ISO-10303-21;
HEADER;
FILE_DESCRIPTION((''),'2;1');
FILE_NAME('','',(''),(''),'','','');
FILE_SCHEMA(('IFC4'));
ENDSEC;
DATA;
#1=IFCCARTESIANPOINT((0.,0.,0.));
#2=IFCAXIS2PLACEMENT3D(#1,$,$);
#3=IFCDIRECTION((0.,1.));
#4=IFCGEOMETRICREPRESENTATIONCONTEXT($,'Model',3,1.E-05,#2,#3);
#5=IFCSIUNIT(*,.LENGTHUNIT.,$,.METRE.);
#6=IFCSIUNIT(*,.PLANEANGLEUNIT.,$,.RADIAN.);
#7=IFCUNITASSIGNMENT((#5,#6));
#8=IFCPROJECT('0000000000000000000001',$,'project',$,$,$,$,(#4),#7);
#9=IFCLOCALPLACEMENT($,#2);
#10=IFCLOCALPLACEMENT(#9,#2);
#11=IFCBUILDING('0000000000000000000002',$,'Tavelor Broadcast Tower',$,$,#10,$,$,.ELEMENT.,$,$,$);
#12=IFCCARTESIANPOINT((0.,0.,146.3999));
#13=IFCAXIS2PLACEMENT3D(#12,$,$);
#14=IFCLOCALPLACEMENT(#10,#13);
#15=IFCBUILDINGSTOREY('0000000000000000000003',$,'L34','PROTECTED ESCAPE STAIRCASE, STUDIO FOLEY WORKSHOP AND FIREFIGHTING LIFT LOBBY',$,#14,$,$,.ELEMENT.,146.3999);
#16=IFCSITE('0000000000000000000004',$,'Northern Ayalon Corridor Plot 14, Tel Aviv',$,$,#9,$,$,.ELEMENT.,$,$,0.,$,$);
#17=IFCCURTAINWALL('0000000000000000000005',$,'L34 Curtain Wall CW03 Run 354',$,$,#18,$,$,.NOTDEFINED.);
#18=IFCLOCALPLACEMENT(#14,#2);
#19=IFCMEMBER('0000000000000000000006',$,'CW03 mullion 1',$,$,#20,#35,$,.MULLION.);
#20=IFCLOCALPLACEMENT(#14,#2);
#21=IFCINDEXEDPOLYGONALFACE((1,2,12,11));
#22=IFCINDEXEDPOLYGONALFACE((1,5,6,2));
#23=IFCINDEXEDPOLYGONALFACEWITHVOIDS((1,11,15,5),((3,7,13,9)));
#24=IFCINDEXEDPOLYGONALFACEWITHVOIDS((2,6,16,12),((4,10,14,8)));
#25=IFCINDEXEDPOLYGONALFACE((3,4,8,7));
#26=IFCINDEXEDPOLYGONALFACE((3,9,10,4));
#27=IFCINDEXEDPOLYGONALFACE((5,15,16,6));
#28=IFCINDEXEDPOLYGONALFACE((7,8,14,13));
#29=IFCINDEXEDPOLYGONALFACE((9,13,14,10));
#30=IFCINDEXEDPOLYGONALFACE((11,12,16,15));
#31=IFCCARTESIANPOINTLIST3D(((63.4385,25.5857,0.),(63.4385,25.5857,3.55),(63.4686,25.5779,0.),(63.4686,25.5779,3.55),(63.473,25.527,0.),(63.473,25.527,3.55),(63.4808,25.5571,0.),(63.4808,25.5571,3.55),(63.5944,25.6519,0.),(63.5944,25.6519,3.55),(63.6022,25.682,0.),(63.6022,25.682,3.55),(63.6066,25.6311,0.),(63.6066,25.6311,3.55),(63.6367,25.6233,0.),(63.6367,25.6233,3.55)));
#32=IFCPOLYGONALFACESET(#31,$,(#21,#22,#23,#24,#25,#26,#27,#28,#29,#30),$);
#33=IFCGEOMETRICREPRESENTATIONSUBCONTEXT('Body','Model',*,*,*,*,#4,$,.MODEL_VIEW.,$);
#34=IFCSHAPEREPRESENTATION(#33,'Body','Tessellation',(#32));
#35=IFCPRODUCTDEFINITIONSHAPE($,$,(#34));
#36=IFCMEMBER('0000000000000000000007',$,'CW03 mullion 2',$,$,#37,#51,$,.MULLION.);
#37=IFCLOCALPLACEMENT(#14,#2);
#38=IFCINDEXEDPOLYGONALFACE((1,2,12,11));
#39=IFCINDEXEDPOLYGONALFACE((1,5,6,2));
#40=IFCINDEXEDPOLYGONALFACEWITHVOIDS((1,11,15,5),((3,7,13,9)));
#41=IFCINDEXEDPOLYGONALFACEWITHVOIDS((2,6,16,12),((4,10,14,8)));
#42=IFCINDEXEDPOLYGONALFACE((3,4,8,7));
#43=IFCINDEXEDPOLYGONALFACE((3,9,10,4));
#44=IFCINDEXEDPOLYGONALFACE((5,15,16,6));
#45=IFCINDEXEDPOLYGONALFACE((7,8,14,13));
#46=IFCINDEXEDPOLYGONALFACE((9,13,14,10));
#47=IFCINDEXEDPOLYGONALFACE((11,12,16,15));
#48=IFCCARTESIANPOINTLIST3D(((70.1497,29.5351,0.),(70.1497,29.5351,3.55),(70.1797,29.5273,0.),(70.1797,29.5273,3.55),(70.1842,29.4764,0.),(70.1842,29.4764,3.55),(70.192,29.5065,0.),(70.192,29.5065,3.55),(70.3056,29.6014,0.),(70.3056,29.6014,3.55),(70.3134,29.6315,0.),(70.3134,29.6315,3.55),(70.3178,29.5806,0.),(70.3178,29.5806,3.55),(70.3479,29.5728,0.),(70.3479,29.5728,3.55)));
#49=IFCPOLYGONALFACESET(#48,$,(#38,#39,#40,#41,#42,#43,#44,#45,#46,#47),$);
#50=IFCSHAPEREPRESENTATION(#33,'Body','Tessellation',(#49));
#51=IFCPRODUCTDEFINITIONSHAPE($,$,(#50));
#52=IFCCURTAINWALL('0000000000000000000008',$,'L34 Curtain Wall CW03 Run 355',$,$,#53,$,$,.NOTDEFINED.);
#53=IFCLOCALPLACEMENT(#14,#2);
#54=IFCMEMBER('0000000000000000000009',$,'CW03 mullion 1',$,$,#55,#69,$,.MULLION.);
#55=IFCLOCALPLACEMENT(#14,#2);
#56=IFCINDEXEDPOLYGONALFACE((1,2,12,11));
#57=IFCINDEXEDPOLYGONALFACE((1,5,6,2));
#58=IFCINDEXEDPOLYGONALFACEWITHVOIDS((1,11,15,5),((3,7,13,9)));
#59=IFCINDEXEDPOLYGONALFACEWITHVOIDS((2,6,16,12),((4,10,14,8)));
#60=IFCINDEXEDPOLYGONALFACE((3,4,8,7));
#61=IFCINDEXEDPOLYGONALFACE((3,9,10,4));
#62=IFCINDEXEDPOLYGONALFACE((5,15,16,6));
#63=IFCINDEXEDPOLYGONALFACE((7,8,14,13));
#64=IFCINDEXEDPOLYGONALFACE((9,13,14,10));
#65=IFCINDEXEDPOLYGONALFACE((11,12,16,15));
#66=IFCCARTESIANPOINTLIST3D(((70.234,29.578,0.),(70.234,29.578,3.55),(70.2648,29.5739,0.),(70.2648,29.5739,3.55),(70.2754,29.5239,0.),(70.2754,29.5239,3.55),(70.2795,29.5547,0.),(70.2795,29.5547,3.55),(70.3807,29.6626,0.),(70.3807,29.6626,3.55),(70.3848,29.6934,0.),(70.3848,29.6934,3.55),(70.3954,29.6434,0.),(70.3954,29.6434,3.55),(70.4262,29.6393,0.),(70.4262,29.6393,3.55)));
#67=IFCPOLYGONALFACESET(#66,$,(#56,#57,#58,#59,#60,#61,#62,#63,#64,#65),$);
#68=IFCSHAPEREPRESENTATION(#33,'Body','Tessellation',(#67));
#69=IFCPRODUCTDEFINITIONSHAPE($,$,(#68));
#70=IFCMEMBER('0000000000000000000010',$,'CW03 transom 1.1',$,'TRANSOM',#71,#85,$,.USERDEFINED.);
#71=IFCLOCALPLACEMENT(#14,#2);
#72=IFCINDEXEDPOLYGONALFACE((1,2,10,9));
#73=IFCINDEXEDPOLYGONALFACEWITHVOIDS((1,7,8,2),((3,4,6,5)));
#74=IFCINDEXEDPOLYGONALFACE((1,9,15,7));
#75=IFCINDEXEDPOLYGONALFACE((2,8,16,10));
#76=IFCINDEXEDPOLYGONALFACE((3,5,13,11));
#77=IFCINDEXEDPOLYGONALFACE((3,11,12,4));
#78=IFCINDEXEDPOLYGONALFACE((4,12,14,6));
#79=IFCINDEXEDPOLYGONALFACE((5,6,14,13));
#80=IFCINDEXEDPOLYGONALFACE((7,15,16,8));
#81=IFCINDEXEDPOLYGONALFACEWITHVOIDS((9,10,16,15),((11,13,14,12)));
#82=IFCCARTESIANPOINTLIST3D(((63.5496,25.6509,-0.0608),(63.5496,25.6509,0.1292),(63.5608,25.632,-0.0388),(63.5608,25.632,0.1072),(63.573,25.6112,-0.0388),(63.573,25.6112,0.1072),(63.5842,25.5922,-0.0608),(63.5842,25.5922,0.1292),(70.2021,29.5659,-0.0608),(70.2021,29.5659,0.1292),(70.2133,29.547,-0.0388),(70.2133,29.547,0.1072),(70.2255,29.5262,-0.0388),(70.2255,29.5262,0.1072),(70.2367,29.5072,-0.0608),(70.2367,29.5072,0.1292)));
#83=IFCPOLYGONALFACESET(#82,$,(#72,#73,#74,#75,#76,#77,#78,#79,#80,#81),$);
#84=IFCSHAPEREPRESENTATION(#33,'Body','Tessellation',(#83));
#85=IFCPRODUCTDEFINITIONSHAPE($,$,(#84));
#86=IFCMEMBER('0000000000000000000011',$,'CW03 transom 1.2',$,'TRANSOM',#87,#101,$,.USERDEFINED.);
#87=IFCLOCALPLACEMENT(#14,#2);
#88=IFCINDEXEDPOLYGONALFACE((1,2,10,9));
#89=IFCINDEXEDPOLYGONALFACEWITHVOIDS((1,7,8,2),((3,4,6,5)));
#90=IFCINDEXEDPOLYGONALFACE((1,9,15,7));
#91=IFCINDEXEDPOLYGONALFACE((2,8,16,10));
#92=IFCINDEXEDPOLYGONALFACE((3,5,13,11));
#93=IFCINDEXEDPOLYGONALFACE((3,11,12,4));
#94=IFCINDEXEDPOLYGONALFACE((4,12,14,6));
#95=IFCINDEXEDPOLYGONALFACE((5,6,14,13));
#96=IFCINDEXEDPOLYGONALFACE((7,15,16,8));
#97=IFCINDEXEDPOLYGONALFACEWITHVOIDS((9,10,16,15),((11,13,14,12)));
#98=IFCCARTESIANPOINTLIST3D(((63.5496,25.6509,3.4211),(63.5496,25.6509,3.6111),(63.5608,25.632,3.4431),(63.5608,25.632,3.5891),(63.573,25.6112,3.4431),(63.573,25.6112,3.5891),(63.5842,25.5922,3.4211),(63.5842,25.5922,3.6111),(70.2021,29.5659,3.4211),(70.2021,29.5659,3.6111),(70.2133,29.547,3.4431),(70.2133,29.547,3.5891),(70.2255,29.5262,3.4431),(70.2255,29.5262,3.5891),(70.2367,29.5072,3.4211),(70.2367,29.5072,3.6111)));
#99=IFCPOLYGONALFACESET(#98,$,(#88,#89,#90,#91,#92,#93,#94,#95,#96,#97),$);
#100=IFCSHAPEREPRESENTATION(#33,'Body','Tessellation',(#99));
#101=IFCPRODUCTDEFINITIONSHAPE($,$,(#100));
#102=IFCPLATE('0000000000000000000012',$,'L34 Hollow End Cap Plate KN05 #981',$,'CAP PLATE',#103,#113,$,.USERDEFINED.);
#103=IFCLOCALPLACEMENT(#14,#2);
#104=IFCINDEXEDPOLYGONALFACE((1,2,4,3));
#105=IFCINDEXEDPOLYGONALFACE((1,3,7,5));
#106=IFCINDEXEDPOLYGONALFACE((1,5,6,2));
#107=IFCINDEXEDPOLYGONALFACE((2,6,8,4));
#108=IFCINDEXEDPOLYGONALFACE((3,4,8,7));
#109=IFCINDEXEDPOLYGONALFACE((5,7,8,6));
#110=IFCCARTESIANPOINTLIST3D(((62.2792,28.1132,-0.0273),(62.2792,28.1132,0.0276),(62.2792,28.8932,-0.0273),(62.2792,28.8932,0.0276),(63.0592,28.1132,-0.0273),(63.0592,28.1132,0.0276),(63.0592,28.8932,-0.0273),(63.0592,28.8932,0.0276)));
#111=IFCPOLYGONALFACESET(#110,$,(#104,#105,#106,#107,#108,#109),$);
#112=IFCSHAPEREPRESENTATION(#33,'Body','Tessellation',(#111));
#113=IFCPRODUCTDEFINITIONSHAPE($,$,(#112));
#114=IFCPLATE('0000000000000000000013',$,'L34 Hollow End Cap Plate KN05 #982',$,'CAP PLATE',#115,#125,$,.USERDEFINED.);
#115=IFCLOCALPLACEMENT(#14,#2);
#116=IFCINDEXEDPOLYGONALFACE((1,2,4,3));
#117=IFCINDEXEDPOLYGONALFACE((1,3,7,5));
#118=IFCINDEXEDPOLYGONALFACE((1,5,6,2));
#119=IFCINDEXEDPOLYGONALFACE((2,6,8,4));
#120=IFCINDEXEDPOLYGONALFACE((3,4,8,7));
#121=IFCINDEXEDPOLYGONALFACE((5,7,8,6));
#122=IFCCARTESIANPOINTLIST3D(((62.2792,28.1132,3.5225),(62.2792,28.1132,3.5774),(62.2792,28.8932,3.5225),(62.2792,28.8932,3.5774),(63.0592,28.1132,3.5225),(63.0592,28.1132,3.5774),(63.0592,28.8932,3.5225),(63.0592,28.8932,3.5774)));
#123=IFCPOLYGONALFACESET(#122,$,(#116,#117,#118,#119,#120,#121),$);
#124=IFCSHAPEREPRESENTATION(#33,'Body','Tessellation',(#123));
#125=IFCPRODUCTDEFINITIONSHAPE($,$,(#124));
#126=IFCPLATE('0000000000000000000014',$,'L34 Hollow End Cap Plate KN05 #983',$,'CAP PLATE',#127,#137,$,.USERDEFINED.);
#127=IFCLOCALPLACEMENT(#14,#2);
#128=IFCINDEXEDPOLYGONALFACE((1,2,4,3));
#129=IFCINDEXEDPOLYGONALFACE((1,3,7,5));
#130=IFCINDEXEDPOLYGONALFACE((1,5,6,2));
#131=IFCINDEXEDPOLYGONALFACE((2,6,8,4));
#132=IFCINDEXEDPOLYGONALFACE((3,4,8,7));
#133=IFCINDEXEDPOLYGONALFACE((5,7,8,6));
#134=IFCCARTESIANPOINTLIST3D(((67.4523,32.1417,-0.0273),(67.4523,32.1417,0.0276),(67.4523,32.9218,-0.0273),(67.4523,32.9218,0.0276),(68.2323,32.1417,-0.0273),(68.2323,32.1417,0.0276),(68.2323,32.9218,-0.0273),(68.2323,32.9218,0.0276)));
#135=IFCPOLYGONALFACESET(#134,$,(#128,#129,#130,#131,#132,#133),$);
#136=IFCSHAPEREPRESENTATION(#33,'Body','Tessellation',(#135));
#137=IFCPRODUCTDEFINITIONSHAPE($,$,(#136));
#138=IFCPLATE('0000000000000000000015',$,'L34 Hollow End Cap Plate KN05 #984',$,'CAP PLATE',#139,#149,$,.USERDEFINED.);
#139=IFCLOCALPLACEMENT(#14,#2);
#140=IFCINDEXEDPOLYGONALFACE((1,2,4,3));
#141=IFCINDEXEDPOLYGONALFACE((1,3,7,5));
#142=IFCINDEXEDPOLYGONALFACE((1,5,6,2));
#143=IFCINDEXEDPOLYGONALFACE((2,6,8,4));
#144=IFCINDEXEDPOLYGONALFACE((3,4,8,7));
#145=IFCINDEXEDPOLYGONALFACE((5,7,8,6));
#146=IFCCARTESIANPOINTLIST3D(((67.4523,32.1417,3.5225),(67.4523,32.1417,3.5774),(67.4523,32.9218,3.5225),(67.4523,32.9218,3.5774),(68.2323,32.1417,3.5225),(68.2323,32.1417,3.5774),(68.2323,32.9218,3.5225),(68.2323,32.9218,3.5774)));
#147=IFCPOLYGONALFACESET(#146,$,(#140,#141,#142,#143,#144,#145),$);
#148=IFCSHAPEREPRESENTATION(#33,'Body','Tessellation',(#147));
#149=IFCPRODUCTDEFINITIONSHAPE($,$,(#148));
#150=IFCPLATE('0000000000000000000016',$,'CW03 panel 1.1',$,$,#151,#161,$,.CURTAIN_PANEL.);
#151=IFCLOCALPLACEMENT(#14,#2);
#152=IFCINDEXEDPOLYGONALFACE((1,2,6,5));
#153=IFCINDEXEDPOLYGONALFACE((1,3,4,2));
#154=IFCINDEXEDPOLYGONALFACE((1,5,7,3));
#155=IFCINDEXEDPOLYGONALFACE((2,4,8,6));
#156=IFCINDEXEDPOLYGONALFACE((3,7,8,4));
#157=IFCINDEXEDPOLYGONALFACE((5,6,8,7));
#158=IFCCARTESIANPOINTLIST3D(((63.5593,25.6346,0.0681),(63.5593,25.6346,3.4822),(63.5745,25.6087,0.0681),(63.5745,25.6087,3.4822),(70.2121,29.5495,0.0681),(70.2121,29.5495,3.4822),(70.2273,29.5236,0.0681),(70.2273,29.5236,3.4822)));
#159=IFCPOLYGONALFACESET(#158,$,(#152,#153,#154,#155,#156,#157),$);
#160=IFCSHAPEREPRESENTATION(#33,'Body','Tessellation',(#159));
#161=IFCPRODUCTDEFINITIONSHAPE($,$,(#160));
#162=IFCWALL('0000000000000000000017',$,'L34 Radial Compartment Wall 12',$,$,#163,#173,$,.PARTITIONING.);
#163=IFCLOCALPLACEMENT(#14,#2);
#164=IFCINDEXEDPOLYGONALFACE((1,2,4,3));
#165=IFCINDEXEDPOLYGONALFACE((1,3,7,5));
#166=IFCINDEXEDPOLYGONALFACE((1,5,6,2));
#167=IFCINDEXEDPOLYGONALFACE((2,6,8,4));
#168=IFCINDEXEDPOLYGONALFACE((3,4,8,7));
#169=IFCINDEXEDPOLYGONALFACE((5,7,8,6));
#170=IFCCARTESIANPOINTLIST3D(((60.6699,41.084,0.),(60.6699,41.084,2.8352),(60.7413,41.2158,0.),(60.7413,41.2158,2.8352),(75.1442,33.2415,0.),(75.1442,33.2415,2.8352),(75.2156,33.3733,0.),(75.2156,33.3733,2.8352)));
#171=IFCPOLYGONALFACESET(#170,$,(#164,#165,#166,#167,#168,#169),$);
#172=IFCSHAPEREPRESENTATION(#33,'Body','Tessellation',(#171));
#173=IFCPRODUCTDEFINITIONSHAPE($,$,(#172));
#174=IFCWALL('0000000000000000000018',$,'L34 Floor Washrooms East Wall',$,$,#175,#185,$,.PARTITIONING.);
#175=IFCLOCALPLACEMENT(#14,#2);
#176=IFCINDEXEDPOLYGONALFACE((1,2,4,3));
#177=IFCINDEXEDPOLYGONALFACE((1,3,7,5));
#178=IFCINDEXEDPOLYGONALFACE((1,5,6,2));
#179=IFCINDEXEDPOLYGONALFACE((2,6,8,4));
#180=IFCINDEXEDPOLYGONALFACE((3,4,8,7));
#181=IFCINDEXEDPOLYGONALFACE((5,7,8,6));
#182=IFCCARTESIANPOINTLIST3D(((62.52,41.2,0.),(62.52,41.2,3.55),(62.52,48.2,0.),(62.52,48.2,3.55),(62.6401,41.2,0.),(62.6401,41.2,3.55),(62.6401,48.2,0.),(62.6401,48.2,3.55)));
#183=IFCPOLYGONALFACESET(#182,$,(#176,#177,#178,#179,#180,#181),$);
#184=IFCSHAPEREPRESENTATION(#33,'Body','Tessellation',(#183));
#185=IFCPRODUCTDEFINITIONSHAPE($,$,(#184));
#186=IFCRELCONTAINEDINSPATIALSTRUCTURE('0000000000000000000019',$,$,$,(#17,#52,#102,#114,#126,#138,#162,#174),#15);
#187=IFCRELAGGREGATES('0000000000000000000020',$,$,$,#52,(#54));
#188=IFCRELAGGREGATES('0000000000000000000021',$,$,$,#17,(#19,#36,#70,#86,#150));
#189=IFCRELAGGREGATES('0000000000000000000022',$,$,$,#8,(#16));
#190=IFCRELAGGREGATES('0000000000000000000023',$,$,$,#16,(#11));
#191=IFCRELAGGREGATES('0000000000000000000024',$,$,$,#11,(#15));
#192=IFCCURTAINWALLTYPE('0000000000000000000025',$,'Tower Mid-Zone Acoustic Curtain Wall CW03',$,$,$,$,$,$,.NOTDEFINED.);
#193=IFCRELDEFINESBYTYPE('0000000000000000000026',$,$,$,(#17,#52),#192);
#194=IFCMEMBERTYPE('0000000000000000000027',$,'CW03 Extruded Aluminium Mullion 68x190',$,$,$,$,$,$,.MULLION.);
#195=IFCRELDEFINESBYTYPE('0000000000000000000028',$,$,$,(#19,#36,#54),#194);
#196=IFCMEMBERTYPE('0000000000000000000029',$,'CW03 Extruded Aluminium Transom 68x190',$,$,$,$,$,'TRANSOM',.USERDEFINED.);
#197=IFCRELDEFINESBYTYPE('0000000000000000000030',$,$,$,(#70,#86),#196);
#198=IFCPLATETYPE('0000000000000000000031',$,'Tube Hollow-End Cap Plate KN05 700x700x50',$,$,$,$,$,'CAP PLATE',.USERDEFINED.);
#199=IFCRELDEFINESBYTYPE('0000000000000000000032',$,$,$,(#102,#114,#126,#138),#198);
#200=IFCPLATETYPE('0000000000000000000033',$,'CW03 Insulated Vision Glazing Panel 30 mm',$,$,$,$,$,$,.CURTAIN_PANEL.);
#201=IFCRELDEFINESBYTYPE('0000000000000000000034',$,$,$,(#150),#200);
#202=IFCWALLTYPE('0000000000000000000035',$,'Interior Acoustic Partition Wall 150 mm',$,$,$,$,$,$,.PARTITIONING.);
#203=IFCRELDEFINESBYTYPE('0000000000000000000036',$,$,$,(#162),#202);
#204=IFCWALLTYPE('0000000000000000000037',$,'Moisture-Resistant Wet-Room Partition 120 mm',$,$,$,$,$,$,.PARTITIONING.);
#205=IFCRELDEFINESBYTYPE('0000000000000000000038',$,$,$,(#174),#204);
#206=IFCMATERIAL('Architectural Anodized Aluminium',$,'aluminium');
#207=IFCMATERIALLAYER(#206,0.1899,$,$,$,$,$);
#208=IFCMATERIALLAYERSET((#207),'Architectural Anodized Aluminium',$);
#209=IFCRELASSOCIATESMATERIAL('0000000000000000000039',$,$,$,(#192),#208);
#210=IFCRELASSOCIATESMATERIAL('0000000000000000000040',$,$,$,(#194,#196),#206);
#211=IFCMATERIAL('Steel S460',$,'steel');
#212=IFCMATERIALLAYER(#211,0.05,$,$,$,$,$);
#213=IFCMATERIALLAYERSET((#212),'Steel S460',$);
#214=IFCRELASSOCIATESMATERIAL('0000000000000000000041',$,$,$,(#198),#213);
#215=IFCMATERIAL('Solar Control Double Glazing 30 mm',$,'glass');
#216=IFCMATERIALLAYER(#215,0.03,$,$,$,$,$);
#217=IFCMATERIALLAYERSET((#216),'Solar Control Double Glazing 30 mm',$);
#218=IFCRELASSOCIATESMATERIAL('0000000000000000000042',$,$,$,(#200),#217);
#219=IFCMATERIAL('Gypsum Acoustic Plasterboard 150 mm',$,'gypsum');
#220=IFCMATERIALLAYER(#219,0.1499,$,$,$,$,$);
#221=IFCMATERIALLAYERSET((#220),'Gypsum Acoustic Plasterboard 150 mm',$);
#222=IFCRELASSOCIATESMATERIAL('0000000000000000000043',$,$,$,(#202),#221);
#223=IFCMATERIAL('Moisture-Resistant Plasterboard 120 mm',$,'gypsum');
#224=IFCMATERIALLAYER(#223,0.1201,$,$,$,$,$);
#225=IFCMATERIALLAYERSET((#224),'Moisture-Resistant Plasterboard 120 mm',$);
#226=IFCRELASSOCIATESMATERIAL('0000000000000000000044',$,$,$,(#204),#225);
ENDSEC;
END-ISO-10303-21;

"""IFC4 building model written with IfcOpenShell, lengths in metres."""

from ifc_helpers import new_model, si_unit, direction, frame, frame_2d, origin, origin_2d, place, context, subcontext, project, spatial, rectangle, hollow_rectangle, extrude, source, transform, mapped, material, layer, layer_set, material_profile, profile_set, type_object, type_shapes, element, aggregate, save


model = new_model("IFC4")

# Units and contexts
model_context = context("Model", 3, precision=1e-05, world=origin(), true_north=direction((0.0, 1.0)))
body_context = subcontext(model_context, "Body", "Model", "MODEL_VIEW")
ifc_project = project(units=[si_unit("LENGTHUNIT", "METRE"), si_unit("PLANEANGLEUNIT", "RADIAN")], contexts=[model_context])

# Site, building, storey
site_placement = place(None, origin())
site = spatial("IfcSite", under=ifc_project, at=site_placement, Name="Northern Ayalon Corridor Plot 14, Tel Aviv", CompositionType="ELEMENT", RefElevation=0.0)
building_placement = place(site_placement, origin())
building = spatial("IfcBuilding", under=site, at=building_placement, Name="Tavelor Broadcast Tower", CompositionType="ELEMENT")
storey_placement = place(building_placement, frame((0.0, 0.0, 146.3999)))
storey = spatial("IfcBuildingStorey", under=building, at=storey_placement, Name="L34", Description="PROTECTED ESCAPE STAIRCASE, STUDIO FOLEY WORKSHOP AND FIREFIGHTING LIFT LOBBY", CompositionType="ELEMENT", Elevation=146.3999)

# Shared definitions
ifc_material_1 = material(Name="Steel S460", Category="steel")

# Shared definitions
ifc_material_2 = material(Name="Architectural Anodized Aluminium", Category="aluminium")
ifc_layer_1 = layer(ifc_material_2, 0.1899)
ifc_layer_set_1 = layer_set([ifc_layer_1], Name="Architectural Anodized Aluminium")
curtain_wall_type = type_object("IfcCurtainWallType", Name="Tower Mid-Zone Acoustic Curtain Wall CW03", PredefinedType="NOTDEFINED", material=ifc_layer_set_1)
ifc_material_profile_1 = material_profile(ifc_material_2, hollow_rectangle(XDim=0.0681, YDim=0.1899, WallThickness=0.022, at=origin_2d()), Name="RHS 68x190x22")
ifc_profile_set_1 = profile_set([ifc_material_profile_1], Name="Architectural Anodized Aluminium")
member_type_1 = type_object("IfcMemberType", Name="CW03 Extruded Aluminium Mullion 68x190", PredefinedType="MULLION", material=ifc_profile_set_1)
shared_shape_1 = source(origin(), body_context, "Body", "SweptSolid", [
    extrude(hollow_rectangle(XDim=0.0681, YDim=0.1899, WallThickness=0.022, at=origin_2d()), origin(), (0.0, 0.0, 1.0), 3.55),
])
type_shapes(member_type_1, [shared_shape_1])

# Curtain wall, members
curtain_wall_1_placement = place(storey_placement, origin())
curtain_wall_1 = element("IfcCurtainWall", 1, at=curtain_wall_1_placement, inside=storey, type_object=curtain_wall_type, Name="L34 Curtain Wall CW03 Run 354", PredefinedType="NOTDEFINED")
member_1_placement = place(storey_placement, frame((63.5376, 25.6045, 0.0), z_axis=(0.0, 0.0, 1.0), x_axis=(-0.507166, 0.861848, 0.0)))
member_1 = element("IfcMember", 2, at=member_1_placement, type_object=member_type_1, Name="CW03 mullion 1", PredefinedType="MULLION", context=body_context, shape_type="MappedRepresentation", body=[
    mapped(shared_shape_1, transform((0.0, 0.0, 0.0), scale=1.0)),
])
member_2_placement = place(storey_placement, frame((70.2488, 29.554, 0.0), z_axis=(0.0, 0.0, 1.0), x_axis=(-0.507166, 0.861848, 0.0)))
member_2 = element("IfcMember", 3, at=member_2_placement, type_object=member_type_1, Name="CW03 mullion 2", PredefinedType="MULLION", context=body_context, shape_type="MappedRepresentation", body=[
    mapped(shared_shape_1, transform((0.0, 0.0, 0.0), scale=1.0)),
])

# Curtain wall, member
curtain_wall_2_placement = place(storey_placement, origin())
curtain_wall_2 = element("IfcCurtainWall", 4, at=curtain_wall_2_placement, inside=storey, type_object=curtain_wall_type, Name="L34 Curtain Wall CW03 Run 355", PredefinedType="NOTDEFINED")
member_3_placement = place(storey_placement, frame((70.3301, 29.6086, 0.0), z_axis=(0.0, 0.0, 1.0), x_axis=(-0.607726, 0.794147, 0.0)))
member_3 = element("IfcMember", 5, at=member_3_placement, type_object=member_type_1, Name="CW03 mullion 1", PredefinedType="MULLION", context=body_context, shape_type="MappedRepresentation", body=[
    mapped(shared_shape_1, transform((0.0, 0.0, 0.0), scale=1.0)),
])
aggregate(curtain_wall_2, [member_3])

# Members
ifc_material_profile_2 = material_profile(ifc_material_2, hollow_rectangle(XDim=0.0681, YDim=0.1899, WallThickness=0.022, at=origin_2d()), Name="RHS 68x190x22")
ifc_profile_set_2 = profile_set([ifc_material_profile_2], Name="Architectural Anodized Aluminium")
member_type_2 = type_object("IfcMemberType", Name="CW03 Extruded Aluminium Transom 68x190", ElementType="TRANSOM", PredefinedType="USERDEFINED", material=ifc_profile_set_2)
shared_shape_2 = source(origin(), body_context, "Body", "SweptSolid", [
    extrude(hollow_rectangle(XDim=0.0681, YDim=0.1899, WallThickness=0.022, at=origin_2d()), origin(), (0.0, 0.0, 1.0), 7.719),
])
type_shapes(member_type_2, [shared_shape_2])
member_4_placement = place(storey_placement, frame((63.5669, 25.6216, 0.0342), z_axis=(0.861835, 0.507189, 0.0), x_axis=(-0.507189, 0.861835, 0.0)))
member_4 = element("IfcMember", 6, at=member_4_placement, type_object=member_type_2, Name="CW03 transom 1.1", ObjectType="TRANSOM", PredefinedType="USERDEFINED", context=body_context, shape_type="MappedRepresentation", body=[
    mapped(shared_shape_2, transform((0.0, 0.0, 0.0), scale=1.0)),
])
member_5_placement = place(storey_placement, frame((63.5669, 25.6216, 3.5161), z_axis=(0.861835, 0.507189, 0.0), x_axis=(-0.507189, 0.861835, 0.0)))
member_5 = element("IfcMember", 7, at=member_5_placement, type_object=member_type_2, Name="CW03 transom 1.2", ObjectType="TRANSOM", PredefinedType="USERDEFINED", context=body_context, shape_type="MappedRepresentation", body=[
    mapped(shared_shape_2, transform((0.0, 0.0, 0.0), scale=1.0)),
])

# Plates
ifc_layer_2 = layer(ifc_material_1, 0.05)
ifc_layer_set_2 = layer_set([ifc_layer_2], Name="Steel S460")
plate_type_1 = type_object("IfcPlateType", Name="Tube Hollow-End Cap Plate KN05 700x700x50", ElementType="CAP PLATE", PredefinedType="USERDEFINED", material=ifc_layer_set_2)
shared_shape_3 = source(origin(), body_context, "Body", "SweptSolid", [
    extrude(rectangle(XDim=0.78, YDim=0.78, at=origin_2d()), origin(), (0.0, 0.0, 1.0), 0.0549),
])
type_shapes(plate_type_1, [shared_shape_3])
for number, where, z_axis, x_axis, name in (
    (8, (62.6692, 28.5032, -0.0273), (0.0, 0.0, 1.0), (1.0, 0.0, 0.0), "L34 Hollow End Cap Plate KN05 #981"),
    (9, (62.6692, 28.5032, 3.5225), (0.0, 0.0, 1.0), (1.0, 0.0, 0.0), "L34 Hollow End Cap Plate KN05 #982"),
    (10, (67.8423, 32.5317, -0.0273), (0.0, 0.0, 1.0), (1.0, 0.0, 0.0), "L34 Hollow End Cap Plate KN05 #983"),
    (11, (67.8423, 32.5317, 3.5225), (0.0, 0.0, 1.0), (1.0, 0.0, 0.0), "L34 Hollow End Cap Plate KN05 #984"),
):
    element("IfcPlate", number, at=place(storey_placement, frame(where, z_axis=z_axis, x_axis=x_axis)), inside=storey, type_object=plate_type_1, Name=name, ObjectType="CAP PLATE", PredefinedType="USERDEFINED", context=body_context, shape_type="MappedRepresentation", body=[
        mapped(shared_shape_3, transform((0.0, 0.0, 0.0), scale=1.0)),
    ])

# Plate
ifc_material_3 = material(Name="Solar Control Double Glazing 30 mm", Category="glass")
ifc_layer_3 = layer(ifc_material_3, 0.03)
ifc_layer_set_3 = layer_set([ifc_layer_3], Name="Solar Control Double Glazing 30 mm")
plate_type_2 = type_object("IfcPlateType", Name="CW03 Insulated Vision Glazing Panel 30 mm", PredefinedType="CURTAIN_PANEL", material=ifc_layer_set_3)
shared_shape_4 = source(origin(), body_context, "Body", "SweptSolid", [
    extrude(rectangle(XDim=7.7192, YDim=0.03, at=origin_2d()), origin(), (0.0, 0.0, 1.0), 3.4141),
])
type_shapes(plate_type_2, [shared_shape_4])
plate_placement = place(storey_placement, frame((66.8933, 27.5791, 0.0681), z_axis=(0.0, 0.0, 1.0), x_axis=(0.861848, 0.507166, 0.0)))
plate = element("IfcPlate", 12, at=plate_placement, type_object=plate_type_2, Name="CW03 panel 1.1", PredefinedType="CURTAIN_PANEL", context=body_context, shape_type="MappedRepresentation", body=[
    mapped(shared_shape_4, transform((0.0, 0.0, 0.0), scale=1.0)),
])
aggregate(curtain_wall_1, [member_1, member_2, member_4, member_5, plate])

# Walls
ifc_material_4 = material(Name="Gypsum Acoustic Plasterboard 150 mm", Category="gypsum")
ifc_layer_4 = layer(ifc_material_4, 0.1499)
ifc_layer_set_4 = layer_set([ifc_layer_4], Name="Gypsum Acoustic Plasterboard 150 mm")
wall_type_1 = type_object("IfcWallType", Name="Interior Acoustic Partition Wall 150 mm", PredefinedType="PARTITIONING", material=ifc_layer_set_4)
wall_1_placement = place(storey_placement, frame((60.7056, 41.1499, 0.0), z_axis=(0.0, 0.0, 1.0), x_axis=(0.879235, -0.476389, 0.0)))
element("IfcWall", 13, at=wall_1_placement, inside=storey, type_object=wall_type_1, Name="L34 Radial Compartment Wall 12", PredefinedType="PARTITIONING", context=body_context, shape_type="SweptSolid", body=[
    extrude(rectangle(XDim=16.4624, YDim=0.1499, at=frame_2d((8.2312, 0.0))), origin(), (0.0, 0.0, 1.0), 2.8352),
])
ifc_material_5 = material(Name="Moisture-Resistant Plasterboard 120 mm", Category="gypsum")
ifc_layer_5 = layer(ifc_material_5, 0.1201)
ifc_layer_set_5 = layer_set([ifc_layer_5], Name="Moisture-Resistant Plasterboard 120 mm")
wall_type_2 = type_object("IfcWallType", Name="Moisture-Resistant Wet-Room Partition 120 mm", PredefinedType="PARTITIONING", material=ifc_layer_set_5)
wall_2_placement = place(storey_placement, frame((62.5801, 41.2, 0.0), z_axis=(0.0, 0.0, 1.0), x_axis=(0.0, 1.0, 0.0)))
element("IfcWall", 14, at=wall_2_placement, inside=storey, type_object=wall_type_2, Name="L34 Floor Washrooms East Wall", PredefinedType="PARTITIONING", context=body_context, shape_type="SweptSolid", body=[
    extrude(rectangle(XDim=7.0, YDim=0.1201, at=frame_2d((3.5, 0.0))), origin(), (0.0, 0.0, 1.0), 3.55),
])

save(model, "model.ifc")
